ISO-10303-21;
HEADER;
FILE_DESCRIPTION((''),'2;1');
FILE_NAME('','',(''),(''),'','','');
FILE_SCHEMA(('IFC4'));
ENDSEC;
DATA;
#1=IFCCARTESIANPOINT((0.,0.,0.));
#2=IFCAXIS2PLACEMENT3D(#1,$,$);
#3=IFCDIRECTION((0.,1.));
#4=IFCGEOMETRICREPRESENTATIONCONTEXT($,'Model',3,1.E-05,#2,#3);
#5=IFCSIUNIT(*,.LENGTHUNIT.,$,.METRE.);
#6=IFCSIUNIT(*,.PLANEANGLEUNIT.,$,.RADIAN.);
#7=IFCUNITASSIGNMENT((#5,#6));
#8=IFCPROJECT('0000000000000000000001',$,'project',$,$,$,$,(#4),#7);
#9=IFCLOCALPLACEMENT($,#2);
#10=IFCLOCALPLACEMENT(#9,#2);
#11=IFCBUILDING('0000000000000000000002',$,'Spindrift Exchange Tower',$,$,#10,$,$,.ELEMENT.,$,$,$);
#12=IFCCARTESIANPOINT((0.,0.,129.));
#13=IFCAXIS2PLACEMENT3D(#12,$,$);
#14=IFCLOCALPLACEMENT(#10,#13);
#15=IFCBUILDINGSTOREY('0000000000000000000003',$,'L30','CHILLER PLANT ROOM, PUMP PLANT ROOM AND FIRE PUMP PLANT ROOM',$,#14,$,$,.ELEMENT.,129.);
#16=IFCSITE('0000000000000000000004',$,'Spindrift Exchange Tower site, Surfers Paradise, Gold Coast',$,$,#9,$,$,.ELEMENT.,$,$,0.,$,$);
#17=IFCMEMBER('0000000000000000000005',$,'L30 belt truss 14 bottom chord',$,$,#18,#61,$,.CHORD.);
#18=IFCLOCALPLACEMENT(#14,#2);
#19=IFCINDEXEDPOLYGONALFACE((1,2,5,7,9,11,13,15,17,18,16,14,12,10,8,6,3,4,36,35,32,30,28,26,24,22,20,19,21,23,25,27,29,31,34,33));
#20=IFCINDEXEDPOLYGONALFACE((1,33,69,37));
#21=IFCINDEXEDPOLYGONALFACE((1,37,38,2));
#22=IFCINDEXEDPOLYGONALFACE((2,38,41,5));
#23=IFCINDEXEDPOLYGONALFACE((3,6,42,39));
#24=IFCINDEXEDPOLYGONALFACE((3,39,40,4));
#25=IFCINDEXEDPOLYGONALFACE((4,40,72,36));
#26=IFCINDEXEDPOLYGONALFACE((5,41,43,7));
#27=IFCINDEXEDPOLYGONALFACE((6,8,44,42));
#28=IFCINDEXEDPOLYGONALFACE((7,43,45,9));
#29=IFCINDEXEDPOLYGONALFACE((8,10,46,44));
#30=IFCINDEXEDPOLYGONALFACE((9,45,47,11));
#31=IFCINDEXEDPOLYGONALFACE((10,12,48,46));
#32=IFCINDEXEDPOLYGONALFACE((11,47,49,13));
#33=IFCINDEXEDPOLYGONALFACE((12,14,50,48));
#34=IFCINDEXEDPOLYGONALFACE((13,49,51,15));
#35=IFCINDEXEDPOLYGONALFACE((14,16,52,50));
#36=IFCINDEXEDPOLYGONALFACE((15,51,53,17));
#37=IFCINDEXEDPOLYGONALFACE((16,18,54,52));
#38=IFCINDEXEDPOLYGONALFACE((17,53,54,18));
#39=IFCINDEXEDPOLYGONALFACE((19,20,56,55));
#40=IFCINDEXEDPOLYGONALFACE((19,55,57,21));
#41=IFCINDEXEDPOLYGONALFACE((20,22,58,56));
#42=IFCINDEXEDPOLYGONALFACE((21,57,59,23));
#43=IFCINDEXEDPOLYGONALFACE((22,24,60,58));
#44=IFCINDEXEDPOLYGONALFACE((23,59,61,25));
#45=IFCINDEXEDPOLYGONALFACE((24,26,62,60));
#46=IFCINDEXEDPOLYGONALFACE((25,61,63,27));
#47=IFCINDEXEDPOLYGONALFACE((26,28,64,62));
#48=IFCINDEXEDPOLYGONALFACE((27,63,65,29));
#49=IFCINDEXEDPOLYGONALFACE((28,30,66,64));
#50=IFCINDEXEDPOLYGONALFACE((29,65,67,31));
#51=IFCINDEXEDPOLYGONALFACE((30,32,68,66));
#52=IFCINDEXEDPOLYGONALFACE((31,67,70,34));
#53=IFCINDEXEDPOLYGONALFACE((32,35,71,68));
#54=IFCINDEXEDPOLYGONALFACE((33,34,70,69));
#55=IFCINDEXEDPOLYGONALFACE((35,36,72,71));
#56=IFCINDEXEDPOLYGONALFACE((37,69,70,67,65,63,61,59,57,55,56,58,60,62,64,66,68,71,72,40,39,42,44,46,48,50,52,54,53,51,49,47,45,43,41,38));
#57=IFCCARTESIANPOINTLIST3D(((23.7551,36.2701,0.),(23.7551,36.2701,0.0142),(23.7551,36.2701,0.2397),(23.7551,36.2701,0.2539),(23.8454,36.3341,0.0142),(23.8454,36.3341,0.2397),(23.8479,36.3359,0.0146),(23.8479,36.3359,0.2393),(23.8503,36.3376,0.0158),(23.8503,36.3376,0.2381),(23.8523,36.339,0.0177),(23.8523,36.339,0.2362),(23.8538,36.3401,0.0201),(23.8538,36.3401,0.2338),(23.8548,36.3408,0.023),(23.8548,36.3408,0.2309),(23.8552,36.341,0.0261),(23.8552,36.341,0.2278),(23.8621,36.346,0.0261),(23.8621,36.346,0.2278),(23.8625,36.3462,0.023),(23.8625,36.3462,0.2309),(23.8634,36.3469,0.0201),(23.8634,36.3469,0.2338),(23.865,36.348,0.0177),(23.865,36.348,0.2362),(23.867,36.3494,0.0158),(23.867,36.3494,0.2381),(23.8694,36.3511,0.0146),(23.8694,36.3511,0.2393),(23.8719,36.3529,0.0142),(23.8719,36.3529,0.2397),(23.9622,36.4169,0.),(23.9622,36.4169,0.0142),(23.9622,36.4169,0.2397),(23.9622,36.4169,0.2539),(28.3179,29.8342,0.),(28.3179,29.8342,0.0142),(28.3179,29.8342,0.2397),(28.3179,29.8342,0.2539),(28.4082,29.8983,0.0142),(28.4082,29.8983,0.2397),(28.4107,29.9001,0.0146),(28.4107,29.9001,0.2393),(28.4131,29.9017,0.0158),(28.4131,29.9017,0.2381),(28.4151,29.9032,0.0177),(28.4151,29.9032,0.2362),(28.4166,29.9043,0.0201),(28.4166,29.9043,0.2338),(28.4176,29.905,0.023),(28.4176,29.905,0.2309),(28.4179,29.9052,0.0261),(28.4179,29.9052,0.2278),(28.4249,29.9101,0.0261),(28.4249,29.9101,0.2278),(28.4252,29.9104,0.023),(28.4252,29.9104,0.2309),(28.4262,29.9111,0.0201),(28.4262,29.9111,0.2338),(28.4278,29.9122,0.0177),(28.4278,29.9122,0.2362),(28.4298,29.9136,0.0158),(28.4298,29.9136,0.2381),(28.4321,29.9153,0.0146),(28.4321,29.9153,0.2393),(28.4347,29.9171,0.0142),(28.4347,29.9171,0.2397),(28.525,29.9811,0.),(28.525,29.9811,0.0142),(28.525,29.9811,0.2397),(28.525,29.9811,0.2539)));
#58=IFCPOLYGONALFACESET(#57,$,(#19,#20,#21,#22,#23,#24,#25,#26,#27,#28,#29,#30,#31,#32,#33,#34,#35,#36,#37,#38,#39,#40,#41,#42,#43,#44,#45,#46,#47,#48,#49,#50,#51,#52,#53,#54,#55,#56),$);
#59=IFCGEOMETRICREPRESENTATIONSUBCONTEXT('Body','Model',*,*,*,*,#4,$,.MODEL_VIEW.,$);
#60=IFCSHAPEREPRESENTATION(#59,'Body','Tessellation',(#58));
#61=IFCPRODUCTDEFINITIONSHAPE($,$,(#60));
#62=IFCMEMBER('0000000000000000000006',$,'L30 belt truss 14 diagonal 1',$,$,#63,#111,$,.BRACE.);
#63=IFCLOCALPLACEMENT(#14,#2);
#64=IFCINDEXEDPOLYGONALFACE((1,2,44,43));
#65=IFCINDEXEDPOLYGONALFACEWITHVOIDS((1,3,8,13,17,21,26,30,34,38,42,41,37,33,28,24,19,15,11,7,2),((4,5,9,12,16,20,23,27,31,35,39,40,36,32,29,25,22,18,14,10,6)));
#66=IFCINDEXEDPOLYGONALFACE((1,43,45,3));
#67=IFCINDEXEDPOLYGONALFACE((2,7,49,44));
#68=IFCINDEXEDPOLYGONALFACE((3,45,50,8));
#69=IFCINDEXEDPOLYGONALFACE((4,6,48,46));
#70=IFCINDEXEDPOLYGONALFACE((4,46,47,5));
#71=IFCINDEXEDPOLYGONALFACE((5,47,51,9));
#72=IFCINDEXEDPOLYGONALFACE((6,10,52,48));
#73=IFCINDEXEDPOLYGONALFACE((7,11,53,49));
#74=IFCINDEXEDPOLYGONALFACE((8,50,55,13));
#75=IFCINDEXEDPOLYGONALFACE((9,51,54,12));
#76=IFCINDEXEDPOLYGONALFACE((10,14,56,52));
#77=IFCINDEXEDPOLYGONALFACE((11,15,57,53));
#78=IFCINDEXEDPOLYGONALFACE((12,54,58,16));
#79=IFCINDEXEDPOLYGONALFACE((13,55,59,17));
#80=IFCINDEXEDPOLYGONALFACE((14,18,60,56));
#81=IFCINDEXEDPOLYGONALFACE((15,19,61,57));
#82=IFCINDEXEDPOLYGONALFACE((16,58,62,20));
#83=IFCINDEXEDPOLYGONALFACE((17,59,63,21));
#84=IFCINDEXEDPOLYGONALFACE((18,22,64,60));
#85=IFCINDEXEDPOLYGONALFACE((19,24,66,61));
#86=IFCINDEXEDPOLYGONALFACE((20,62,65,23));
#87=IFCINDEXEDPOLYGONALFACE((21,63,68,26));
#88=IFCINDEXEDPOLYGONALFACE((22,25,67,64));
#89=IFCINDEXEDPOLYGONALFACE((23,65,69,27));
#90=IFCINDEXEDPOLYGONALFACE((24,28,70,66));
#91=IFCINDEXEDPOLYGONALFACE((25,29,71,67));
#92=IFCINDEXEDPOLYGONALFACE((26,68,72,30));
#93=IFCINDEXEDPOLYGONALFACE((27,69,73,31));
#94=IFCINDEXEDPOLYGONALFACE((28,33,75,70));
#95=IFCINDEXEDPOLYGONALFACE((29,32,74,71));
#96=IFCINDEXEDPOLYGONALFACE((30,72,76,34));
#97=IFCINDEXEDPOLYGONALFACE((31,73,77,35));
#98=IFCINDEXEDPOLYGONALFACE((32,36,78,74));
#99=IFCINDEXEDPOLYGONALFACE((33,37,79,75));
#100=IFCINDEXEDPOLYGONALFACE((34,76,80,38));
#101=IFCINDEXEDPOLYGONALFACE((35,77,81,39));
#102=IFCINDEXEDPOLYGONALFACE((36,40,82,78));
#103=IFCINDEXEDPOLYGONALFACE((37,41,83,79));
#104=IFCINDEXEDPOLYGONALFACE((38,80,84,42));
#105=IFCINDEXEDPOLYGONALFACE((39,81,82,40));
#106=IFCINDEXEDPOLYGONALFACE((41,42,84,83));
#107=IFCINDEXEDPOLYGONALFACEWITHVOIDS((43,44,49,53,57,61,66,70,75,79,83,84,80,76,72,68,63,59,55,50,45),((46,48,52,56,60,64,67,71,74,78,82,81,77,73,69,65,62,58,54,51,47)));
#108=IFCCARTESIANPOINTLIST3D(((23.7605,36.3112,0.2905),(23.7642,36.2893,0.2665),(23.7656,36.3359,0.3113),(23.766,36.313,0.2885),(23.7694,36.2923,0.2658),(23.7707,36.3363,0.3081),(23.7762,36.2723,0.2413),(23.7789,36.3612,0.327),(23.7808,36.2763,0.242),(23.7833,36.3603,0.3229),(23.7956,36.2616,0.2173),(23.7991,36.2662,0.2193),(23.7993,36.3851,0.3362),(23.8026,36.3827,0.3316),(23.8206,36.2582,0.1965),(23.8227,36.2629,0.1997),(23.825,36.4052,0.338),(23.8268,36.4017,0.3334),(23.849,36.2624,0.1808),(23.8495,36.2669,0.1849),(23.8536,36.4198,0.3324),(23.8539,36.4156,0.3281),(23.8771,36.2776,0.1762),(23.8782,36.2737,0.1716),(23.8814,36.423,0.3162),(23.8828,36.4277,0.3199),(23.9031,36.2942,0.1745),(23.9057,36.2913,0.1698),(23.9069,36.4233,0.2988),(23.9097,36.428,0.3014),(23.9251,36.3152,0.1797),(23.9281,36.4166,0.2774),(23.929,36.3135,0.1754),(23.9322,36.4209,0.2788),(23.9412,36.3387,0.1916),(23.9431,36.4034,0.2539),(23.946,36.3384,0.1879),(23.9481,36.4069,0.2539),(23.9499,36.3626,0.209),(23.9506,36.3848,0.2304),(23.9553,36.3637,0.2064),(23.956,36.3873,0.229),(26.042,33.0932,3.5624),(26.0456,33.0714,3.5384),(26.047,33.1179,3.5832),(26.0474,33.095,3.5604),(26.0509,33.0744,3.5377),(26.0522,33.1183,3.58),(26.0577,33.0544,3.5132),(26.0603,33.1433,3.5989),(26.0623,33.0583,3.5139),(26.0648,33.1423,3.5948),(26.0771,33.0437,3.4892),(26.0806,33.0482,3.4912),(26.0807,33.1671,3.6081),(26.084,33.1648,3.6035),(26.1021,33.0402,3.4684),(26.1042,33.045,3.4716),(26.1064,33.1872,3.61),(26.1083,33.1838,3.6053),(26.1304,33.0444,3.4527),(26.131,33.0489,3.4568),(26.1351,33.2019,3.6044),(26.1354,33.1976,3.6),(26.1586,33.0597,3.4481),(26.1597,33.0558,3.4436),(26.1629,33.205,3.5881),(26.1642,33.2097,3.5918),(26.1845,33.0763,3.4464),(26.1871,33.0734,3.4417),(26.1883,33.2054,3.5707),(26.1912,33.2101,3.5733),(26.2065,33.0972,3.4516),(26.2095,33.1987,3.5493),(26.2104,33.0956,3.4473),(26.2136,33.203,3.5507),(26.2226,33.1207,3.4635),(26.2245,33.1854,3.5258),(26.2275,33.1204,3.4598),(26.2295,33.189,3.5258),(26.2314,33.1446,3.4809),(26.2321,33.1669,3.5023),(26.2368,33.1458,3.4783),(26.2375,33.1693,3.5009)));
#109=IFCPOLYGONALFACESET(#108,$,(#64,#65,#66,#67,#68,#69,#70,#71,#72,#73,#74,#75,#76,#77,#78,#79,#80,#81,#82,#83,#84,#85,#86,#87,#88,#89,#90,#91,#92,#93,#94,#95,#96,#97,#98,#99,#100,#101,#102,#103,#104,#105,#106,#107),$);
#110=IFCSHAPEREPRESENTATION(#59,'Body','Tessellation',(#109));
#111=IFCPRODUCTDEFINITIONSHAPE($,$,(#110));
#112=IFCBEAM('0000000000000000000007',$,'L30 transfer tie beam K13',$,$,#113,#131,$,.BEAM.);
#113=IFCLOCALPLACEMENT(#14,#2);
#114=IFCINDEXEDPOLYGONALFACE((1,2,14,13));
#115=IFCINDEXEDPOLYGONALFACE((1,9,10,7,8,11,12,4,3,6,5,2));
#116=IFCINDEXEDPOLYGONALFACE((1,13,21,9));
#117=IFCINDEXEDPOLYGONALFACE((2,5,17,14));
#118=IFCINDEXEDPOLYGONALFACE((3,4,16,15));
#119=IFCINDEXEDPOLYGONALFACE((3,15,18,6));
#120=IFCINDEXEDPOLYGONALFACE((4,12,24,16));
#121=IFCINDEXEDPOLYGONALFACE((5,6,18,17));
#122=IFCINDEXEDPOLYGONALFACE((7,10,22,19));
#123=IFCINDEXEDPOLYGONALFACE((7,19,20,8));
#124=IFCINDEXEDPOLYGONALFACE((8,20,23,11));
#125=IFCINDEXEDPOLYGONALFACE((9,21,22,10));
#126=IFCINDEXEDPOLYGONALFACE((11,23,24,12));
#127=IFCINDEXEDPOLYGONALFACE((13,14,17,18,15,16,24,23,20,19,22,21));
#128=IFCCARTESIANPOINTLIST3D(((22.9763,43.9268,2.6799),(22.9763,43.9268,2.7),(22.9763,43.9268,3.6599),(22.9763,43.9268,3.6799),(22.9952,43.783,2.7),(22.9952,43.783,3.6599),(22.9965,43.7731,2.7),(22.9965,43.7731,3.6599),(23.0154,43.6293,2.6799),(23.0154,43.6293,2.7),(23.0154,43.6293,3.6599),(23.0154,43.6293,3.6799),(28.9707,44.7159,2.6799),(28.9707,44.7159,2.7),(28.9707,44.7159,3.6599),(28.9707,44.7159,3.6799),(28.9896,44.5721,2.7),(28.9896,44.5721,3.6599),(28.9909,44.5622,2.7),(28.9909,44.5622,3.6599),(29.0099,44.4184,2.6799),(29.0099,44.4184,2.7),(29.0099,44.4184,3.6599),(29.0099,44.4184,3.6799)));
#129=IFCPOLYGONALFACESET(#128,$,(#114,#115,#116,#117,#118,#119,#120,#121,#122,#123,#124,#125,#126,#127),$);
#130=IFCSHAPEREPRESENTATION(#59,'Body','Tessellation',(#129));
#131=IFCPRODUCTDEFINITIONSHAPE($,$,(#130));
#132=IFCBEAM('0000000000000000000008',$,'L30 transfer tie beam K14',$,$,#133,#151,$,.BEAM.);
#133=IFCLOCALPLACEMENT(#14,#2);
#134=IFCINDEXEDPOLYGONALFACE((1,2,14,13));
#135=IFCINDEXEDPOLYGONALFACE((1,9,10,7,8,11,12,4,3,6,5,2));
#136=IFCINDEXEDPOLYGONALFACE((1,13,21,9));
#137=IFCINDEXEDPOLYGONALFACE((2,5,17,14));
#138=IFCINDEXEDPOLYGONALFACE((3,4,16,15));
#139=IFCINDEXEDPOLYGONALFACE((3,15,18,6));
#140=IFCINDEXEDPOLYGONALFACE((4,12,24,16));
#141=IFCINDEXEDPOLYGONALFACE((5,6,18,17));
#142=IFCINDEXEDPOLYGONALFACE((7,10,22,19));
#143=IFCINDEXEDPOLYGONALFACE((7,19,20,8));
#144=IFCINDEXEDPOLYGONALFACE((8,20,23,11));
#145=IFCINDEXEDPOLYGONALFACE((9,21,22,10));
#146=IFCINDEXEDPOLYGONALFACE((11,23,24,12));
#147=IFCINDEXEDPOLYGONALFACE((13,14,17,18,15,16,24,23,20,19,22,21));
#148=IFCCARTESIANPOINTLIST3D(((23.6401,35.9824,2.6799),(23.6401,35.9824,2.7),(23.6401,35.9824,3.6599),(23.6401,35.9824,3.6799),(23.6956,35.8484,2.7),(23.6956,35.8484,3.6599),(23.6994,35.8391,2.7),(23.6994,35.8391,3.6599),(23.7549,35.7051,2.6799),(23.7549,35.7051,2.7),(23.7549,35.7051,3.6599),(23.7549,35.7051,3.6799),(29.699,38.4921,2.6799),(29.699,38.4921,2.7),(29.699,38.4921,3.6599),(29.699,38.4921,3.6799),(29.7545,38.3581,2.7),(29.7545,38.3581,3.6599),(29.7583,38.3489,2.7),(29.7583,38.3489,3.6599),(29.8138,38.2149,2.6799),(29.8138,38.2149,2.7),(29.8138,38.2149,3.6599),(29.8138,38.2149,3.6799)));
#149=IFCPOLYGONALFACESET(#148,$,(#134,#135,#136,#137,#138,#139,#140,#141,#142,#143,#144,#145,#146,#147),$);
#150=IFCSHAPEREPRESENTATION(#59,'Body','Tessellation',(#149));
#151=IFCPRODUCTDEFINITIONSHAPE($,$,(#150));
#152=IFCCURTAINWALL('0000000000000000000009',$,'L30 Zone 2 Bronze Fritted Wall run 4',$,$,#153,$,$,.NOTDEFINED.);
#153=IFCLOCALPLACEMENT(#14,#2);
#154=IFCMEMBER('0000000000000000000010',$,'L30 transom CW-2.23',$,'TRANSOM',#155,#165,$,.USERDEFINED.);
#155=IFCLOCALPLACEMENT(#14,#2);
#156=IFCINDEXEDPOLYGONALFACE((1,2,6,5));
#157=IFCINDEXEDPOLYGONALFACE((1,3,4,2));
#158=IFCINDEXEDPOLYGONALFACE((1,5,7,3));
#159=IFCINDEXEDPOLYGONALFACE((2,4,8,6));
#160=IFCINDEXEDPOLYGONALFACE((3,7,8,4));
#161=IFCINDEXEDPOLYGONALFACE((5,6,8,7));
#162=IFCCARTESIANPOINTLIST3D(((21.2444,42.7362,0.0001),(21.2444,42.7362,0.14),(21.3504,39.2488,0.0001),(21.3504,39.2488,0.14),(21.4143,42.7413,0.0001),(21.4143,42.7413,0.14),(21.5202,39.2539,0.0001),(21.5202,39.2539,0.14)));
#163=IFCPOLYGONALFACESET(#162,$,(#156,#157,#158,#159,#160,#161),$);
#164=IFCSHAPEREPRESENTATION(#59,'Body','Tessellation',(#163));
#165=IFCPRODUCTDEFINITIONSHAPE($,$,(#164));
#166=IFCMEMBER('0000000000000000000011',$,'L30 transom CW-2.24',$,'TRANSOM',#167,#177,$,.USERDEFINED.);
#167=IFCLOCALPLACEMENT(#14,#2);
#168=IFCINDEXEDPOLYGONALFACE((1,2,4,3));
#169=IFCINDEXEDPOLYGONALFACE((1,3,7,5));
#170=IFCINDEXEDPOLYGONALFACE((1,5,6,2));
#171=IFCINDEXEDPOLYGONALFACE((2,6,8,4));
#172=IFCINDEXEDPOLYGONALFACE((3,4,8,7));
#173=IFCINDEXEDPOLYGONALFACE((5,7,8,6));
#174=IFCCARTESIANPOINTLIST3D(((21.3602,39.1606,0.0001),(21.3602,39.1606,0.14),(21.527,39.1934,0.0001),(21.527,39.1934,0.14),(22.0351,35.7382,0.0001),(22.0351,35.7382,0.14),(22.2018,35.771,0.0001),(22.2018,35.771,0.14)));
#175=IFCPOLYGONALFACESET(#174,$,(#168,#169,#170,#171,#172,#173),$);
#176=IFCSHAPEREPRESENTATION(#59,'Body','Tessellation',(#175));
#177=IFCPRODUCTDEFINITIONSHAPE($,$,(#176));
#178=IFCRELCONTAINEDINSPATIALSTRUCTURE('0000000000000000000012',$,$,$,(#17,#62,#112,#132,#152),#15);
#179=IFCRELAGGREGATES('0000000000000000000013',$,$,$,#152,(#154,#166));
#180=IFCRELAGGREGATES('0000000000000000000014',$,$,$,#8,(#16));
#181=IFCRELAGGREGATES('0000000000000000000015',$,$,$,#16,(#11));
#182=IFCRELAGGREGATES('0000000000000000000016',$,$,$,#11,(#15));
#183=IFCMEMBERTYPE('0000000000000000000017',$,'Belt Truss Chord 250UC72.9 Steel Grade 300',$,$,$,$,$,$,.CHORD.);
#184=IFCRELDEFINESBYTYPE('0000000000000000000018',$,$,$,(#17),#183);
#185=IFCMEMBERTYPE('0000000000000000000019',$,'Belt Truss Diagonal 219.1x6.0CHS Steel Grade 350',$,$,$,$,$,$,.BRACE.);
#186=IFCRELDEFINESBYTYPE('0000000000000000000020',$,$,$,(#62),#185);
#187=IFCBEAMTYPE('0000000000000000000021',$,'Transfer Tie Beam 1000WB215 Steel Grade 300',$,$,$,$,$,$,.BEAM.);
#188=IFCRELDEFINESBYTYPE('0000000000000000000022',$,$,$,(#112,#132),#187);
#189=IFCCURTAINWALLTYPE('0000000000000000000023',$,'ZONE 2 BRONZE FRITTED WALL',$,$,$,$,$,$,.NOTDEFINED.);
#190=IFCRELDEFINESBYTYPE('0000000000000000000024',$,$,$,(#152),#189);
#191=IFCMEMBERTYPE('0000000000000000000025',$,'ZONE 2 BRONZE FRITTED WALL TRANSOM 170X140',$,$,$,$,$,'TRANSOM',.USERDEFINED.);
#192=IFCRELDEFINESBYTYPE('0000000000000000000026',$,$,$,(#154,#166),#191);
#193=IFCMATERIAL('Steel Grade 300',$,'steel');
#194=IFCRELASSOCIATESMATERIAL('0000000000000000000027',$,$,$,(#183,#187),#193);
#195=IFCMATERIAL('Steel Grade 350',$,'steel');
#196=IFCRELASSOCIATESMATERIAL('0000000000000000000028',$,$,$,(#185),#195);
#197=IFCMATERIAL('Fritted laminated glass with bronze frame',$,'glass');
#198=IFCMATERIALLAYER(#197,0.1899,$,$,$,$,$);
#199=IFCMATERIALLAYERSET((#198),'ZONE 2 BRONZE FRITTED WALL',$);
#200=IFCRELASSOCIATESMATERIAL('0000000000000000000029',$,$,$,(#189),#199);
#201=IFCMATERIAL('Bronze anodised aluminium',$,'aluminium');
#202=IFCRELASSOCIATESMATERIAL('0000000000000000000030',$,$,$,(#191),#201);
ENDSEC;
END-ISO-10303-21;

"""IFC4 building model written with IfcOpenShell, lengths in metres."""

from ifc_helpers import new_model, si_unit, direction, frame, origin, origin_2d, place, context, subcontext, project, spatial, rectangle, hollow_circle, i_section, extrude, source, transform, mapped, material, layer, layer_set, material_profile, profile_set, type_object, element, aggregate, save


model = new_model("IFC4")

# Units and contexts
model_context = context("Model", 3, precision=1e-05, world=origin(), true_north=direction((0.0, 1.0)))
body_context = subcontext(model_context, "Body", "Model", "MODEL_VIEW")
ifc_project = project(units=[si_unit("LENGTHUNIT", "METRE"), si_unit("PLANEANGLEUNIT", "RADIAN")], contexts=[model_context])

# Site, building, storey
site_placement = place(None, origin())
site = spatial("IfcSite", under=ifc_project, at=site_placement, Name="Spindrift Exchange Tower site, Surfers Paradise, Gold Coast", CompositionType="ELEMENT", RefElevation=0.0)
building_placement = place(site_placement, origin())
building = spatial("IfcBuilding", under=site, at=building_placement, Name="Spindrift Exchange Tower", CompositionType="ELEMENT")
storey_placement = place(building_placement, frame((0.0, 0.0, 129.0)))
storey = spatial("IfcBuildingStorey", under=building, at=storey_placement, Name="L30", Description="CHILLER PLANT ROOM, PUMP PLANT ROOM AND FIRE PUMP PLANT ROOM", CompositionType="ELEMENT", Elevation=129.0)

# Members
ifc_material_1 = material(Name="Steel Grade 300", Category="steel")
ifc_material_profile_1 = material_profile(ifc_material_1, i_section(OverallWidth=0.2539, OverallDepth=0.2539, WebThickness=0.0085, FlangeThickness=0.0142, FilletRadius=0.012, at=origin_2d()), Name="250UC72.9")
ifc_profile_set_1 = profile_set([ifc_material_profile_1], Name="Steel Grade 300")
member_type_1 = type_object("IfcMemberType", Name="Belt Truss Chord 250UC72.9 Steel Grade 300", PredefinedType="CHORD", material=ifc_profile_set_1)
ifc_material_2 = material(Name="Steel Grade 350", Category="steel")
ifc_material_profile_2 = material_profile(ifc_material_2, hollow_circle(Radius=0.1096, WallThickness=0.0061, at=origin_2d()), Name="219.1x6.0CHS")
ifc_profile_set_2 = profile_set([ifc_material_profile_2], Name="Steel Grade 350")
member_type_2 = type_object("IfcMemberType", Name="Belt Truss Diagonal 219.1x6.0CHS Steel Grade 350", PredefinedType="BRACE", material=ifc_profile_set_2)
shared_shape_1 = source(origin(), body_context, "Body", "SweptSolid", [
    extrude(i_section(OverallWidth=0.2539, OverallDepth=0.2539, WebThickness=0.0085, FlangeThickness=0.0142, FilletRadius=0.012, at=origin_2d()), origin(), (0.0, 0.0, 1.0), 7.8892),
])
for number, where, z_axis, x_axis, name in (
    (1, (23.8586, 36.3435, 0.127), (0.57836, -0.815782, 0.0), (0.815782, 0.57836, 0.0), "L30 belt truss 14 bottom chord"),
):
    element("IfcMember", number, at=place(storey_placement, frame(where, z_axis=z_axis, x_axis=x_axis)), inside=storey, type_object=member_type_1, Name=name, PredefinedType="CHORD", context=body_context, shape_type="MappedRepresentation", body=[
        mapped(shared_shape_1, transform((0.0, 0.0, 0.0), scale=1.0)),
    ])
shared_shape_2 = source(origin(), body_context, "Body", "SweptSolid", [
    extrude(hollow_circle(Radius=0.1096, WallThickness=0.0061, at=origin_2d()), origin(), (0.0, 0.0, 1.0), 5.125),
])
member_1_placement = place(storey_placement, frame((23.8586, 36.3435, 0.2539), z_axis=(0.445161, -0.627894, 0.638421), x_axis=(0.815777, 0.578366, 0.0)))
element("IfcMember", 2, at=member_1_placement, inside=storey, type_object=member_type_2, Name="L30 belt truss 14 diagonal 1", PredefinedType="BRACE", context=body_context, shape_type="MappedRepresentation", body=[
    mapped(shared_shape_2, transform((0.0, 0.0, 0.0), scale=1.0)),
])

# Beams
ifc_material_profile_3 = material_profile(ifc_material_1, i_section(OverallWidth=0.3, OverallDepth=1.0, WebThickness=0.01, FlangeThickness=0.02, at=origin_2d()), Name="1000WB215")
ifc_profile_set_3 = profile_set([ifc_material_profile_3], Name="Steel Grade 300")
beam_type = type_object("IfcBeamType", Name="Transfer Tie Beam 1000WB215 Steel Grade 300", PredefinedType="BEAM", material=ifc_profile_set_3)
shared_shape_3 = source(origin(), body_context, "Body", "SweptSolid", [
    extrude(i_section(OverallWidth=0.3, OverallDepth=1.0, WebThickness=0.01, FlangeThickness=0.02, at=origin_2d()), origin(), (0.0, 0.0, 1.0), 6.0461),
])
beam_1_placement = place(storey_placement, frame((22.9958, 43.7781, 3.1799), z_axis=(0.991447, 0.130508, 0.0), x_axis=(-0.130508, 0.991447, 0.0)))
element("IfcBeam", 3, at=beam_1_placement, inside=storey, type_object=beam_type, Name="L30 transfer tie beam K13", PredefinedType="BEAM", context=body_context, shape_type="MappedRepresentation", body=[
    mapped(shared_shape_3, transform((0.0, 0.0, 0.0), scale=1.0)),
])
shared_shape_4 = source(origin(), body_context, "Body", "SweptSolid", [
    extrude(i_section(OverallWidth=0.3, OverallDepth=1.0, WebThickness=0.01, FlangeThickness=0.02, at=origin_2d()), origin(), (0.0, 0.0, 1.0), 6.5581),
])
beam_2_placement = place(storey_placement, frame((23.6975, 35.8438, 3.1799), z_axis=(0.923873, 0.382698, 0.0), x_axis=(-0.382698, 0.923873, 0.0)))
element("IfcBeam", 4, at=beam_2_placement, inside=storey, type_object=beam_type, Name="L30 transfer tie beam K14", PredefinedType="BEAM", context=body_context, shape_type="MappedRepresentation", body=[
    mapped(shared_shape_4, transform((0.0, 0.0, 0.0), scale=1.0)),
])

# Curtain wall, members
ifc_material_3 = material(Name="Fritted laminated glass with bronze frame", Category="glass")
ifc_layer_1 = layer(ifc_material_3, 0.1899)
ifc_layer_set_1 = layer_set([ifc_layer_1], Name="ZONE 2 BRONZE FRITTED WALL")
curtain_wall_type = type_object("IfcCurtainWallType", Name="ZONE 2 BRONZE FRITTED WALL", PredefinedType="NOTDEFINED", material=ifc_layer_set_1)
curtain_wall_1_placement = place(storey_placement, origin())
curtain_wall_1 = element("IfcCurtainWall", 5, at=curtain_wall_1_placement, inside=storey, type_object=curtain_wall_type, Name="L30 Zone 2 Bronze Fritted Wall run 4", PredefinedType="NOTDEFINED")
ifc_material_4 = material(Name="Bronze anodised aluminium", Category="aluminium")
ifc_material_profile_4 = material_profile(ifc_material_4, rectangle(XDim=0.1699, YDim=0.1399, at=origin_2d()), Name="ZONE 2 BRONZE FRITTED WALL TRANSOM 170X140")
ifc_profile_set_4 = profile_set([ifc_material_profile_4], Name="Bronze anodised aluminium")
member_type_3 = type_object("IfcMemberType", Name="ZONE 2 BRONZE FRITTED WALL TRANSOM 170X140", ElementType="TRANSOM", PredefinedType="USERDEFINED", material=ifc_profile_set_4)
shared_shape_5 = source(origin(), body_context, "Body", "SweptSolid", [
    extrude(rectangle(XDim=0.1699, YDim=0.1399, at=origin_2d()), origin(), (0.0, 0.0, 1.0), 3.489),
])
member_2_placement = place(storey_placement, frame((21.3293, 42.7388, 0.0701), z_axis=(0.03037, -0.999539, 0.0), x_axis=(0.999539, 0.03037, 0.0)))
member_2 = element("IfcMember", 6, at=member_2_placement, type_object=member_type_3, Name="L30 transom CW-2.23", ObjectType="TRANSOM", PredefinedType="USERDEFINED", context=body_context, shape_type="MappedRepresentation", body=[
    mapped(shared_shape_5, transform((0.0, 0.0, 0.0), scale=1.0)),
])
shared_shape_6 = source(origin(), body_context, "Body", "SweptSolid", [
    extrude(rectangle(XDim=0.1699, YDim=0.1399, at=origin_2d()), origin(), (0.0, 0.0, 1.0), 3.4883),
])
member_3_placement = place(storey_placement, frame((21.4436, 39.177, 0.0701), z_axis=(0.19345, -0.98111, 0.0), x_axis=(0.98111, 0.19345, 0.0)))
member_3 = element("IfcMember", 7, at=member_3_placement, type_object=member_type_3, Name="L30 transom CW-2.24", ObjectType="TRANSOM", PredefinedType="USERDEFINED", context=body_context, shape_type="MappedRepresentation", body=[
    mapped(shared_shape_6, transform((0.0, 0.0, 0.0), scale=1.0)),
])

aggregate(curtain_wall_1, [member_2, member_3])

save(model, "model.ifc")
